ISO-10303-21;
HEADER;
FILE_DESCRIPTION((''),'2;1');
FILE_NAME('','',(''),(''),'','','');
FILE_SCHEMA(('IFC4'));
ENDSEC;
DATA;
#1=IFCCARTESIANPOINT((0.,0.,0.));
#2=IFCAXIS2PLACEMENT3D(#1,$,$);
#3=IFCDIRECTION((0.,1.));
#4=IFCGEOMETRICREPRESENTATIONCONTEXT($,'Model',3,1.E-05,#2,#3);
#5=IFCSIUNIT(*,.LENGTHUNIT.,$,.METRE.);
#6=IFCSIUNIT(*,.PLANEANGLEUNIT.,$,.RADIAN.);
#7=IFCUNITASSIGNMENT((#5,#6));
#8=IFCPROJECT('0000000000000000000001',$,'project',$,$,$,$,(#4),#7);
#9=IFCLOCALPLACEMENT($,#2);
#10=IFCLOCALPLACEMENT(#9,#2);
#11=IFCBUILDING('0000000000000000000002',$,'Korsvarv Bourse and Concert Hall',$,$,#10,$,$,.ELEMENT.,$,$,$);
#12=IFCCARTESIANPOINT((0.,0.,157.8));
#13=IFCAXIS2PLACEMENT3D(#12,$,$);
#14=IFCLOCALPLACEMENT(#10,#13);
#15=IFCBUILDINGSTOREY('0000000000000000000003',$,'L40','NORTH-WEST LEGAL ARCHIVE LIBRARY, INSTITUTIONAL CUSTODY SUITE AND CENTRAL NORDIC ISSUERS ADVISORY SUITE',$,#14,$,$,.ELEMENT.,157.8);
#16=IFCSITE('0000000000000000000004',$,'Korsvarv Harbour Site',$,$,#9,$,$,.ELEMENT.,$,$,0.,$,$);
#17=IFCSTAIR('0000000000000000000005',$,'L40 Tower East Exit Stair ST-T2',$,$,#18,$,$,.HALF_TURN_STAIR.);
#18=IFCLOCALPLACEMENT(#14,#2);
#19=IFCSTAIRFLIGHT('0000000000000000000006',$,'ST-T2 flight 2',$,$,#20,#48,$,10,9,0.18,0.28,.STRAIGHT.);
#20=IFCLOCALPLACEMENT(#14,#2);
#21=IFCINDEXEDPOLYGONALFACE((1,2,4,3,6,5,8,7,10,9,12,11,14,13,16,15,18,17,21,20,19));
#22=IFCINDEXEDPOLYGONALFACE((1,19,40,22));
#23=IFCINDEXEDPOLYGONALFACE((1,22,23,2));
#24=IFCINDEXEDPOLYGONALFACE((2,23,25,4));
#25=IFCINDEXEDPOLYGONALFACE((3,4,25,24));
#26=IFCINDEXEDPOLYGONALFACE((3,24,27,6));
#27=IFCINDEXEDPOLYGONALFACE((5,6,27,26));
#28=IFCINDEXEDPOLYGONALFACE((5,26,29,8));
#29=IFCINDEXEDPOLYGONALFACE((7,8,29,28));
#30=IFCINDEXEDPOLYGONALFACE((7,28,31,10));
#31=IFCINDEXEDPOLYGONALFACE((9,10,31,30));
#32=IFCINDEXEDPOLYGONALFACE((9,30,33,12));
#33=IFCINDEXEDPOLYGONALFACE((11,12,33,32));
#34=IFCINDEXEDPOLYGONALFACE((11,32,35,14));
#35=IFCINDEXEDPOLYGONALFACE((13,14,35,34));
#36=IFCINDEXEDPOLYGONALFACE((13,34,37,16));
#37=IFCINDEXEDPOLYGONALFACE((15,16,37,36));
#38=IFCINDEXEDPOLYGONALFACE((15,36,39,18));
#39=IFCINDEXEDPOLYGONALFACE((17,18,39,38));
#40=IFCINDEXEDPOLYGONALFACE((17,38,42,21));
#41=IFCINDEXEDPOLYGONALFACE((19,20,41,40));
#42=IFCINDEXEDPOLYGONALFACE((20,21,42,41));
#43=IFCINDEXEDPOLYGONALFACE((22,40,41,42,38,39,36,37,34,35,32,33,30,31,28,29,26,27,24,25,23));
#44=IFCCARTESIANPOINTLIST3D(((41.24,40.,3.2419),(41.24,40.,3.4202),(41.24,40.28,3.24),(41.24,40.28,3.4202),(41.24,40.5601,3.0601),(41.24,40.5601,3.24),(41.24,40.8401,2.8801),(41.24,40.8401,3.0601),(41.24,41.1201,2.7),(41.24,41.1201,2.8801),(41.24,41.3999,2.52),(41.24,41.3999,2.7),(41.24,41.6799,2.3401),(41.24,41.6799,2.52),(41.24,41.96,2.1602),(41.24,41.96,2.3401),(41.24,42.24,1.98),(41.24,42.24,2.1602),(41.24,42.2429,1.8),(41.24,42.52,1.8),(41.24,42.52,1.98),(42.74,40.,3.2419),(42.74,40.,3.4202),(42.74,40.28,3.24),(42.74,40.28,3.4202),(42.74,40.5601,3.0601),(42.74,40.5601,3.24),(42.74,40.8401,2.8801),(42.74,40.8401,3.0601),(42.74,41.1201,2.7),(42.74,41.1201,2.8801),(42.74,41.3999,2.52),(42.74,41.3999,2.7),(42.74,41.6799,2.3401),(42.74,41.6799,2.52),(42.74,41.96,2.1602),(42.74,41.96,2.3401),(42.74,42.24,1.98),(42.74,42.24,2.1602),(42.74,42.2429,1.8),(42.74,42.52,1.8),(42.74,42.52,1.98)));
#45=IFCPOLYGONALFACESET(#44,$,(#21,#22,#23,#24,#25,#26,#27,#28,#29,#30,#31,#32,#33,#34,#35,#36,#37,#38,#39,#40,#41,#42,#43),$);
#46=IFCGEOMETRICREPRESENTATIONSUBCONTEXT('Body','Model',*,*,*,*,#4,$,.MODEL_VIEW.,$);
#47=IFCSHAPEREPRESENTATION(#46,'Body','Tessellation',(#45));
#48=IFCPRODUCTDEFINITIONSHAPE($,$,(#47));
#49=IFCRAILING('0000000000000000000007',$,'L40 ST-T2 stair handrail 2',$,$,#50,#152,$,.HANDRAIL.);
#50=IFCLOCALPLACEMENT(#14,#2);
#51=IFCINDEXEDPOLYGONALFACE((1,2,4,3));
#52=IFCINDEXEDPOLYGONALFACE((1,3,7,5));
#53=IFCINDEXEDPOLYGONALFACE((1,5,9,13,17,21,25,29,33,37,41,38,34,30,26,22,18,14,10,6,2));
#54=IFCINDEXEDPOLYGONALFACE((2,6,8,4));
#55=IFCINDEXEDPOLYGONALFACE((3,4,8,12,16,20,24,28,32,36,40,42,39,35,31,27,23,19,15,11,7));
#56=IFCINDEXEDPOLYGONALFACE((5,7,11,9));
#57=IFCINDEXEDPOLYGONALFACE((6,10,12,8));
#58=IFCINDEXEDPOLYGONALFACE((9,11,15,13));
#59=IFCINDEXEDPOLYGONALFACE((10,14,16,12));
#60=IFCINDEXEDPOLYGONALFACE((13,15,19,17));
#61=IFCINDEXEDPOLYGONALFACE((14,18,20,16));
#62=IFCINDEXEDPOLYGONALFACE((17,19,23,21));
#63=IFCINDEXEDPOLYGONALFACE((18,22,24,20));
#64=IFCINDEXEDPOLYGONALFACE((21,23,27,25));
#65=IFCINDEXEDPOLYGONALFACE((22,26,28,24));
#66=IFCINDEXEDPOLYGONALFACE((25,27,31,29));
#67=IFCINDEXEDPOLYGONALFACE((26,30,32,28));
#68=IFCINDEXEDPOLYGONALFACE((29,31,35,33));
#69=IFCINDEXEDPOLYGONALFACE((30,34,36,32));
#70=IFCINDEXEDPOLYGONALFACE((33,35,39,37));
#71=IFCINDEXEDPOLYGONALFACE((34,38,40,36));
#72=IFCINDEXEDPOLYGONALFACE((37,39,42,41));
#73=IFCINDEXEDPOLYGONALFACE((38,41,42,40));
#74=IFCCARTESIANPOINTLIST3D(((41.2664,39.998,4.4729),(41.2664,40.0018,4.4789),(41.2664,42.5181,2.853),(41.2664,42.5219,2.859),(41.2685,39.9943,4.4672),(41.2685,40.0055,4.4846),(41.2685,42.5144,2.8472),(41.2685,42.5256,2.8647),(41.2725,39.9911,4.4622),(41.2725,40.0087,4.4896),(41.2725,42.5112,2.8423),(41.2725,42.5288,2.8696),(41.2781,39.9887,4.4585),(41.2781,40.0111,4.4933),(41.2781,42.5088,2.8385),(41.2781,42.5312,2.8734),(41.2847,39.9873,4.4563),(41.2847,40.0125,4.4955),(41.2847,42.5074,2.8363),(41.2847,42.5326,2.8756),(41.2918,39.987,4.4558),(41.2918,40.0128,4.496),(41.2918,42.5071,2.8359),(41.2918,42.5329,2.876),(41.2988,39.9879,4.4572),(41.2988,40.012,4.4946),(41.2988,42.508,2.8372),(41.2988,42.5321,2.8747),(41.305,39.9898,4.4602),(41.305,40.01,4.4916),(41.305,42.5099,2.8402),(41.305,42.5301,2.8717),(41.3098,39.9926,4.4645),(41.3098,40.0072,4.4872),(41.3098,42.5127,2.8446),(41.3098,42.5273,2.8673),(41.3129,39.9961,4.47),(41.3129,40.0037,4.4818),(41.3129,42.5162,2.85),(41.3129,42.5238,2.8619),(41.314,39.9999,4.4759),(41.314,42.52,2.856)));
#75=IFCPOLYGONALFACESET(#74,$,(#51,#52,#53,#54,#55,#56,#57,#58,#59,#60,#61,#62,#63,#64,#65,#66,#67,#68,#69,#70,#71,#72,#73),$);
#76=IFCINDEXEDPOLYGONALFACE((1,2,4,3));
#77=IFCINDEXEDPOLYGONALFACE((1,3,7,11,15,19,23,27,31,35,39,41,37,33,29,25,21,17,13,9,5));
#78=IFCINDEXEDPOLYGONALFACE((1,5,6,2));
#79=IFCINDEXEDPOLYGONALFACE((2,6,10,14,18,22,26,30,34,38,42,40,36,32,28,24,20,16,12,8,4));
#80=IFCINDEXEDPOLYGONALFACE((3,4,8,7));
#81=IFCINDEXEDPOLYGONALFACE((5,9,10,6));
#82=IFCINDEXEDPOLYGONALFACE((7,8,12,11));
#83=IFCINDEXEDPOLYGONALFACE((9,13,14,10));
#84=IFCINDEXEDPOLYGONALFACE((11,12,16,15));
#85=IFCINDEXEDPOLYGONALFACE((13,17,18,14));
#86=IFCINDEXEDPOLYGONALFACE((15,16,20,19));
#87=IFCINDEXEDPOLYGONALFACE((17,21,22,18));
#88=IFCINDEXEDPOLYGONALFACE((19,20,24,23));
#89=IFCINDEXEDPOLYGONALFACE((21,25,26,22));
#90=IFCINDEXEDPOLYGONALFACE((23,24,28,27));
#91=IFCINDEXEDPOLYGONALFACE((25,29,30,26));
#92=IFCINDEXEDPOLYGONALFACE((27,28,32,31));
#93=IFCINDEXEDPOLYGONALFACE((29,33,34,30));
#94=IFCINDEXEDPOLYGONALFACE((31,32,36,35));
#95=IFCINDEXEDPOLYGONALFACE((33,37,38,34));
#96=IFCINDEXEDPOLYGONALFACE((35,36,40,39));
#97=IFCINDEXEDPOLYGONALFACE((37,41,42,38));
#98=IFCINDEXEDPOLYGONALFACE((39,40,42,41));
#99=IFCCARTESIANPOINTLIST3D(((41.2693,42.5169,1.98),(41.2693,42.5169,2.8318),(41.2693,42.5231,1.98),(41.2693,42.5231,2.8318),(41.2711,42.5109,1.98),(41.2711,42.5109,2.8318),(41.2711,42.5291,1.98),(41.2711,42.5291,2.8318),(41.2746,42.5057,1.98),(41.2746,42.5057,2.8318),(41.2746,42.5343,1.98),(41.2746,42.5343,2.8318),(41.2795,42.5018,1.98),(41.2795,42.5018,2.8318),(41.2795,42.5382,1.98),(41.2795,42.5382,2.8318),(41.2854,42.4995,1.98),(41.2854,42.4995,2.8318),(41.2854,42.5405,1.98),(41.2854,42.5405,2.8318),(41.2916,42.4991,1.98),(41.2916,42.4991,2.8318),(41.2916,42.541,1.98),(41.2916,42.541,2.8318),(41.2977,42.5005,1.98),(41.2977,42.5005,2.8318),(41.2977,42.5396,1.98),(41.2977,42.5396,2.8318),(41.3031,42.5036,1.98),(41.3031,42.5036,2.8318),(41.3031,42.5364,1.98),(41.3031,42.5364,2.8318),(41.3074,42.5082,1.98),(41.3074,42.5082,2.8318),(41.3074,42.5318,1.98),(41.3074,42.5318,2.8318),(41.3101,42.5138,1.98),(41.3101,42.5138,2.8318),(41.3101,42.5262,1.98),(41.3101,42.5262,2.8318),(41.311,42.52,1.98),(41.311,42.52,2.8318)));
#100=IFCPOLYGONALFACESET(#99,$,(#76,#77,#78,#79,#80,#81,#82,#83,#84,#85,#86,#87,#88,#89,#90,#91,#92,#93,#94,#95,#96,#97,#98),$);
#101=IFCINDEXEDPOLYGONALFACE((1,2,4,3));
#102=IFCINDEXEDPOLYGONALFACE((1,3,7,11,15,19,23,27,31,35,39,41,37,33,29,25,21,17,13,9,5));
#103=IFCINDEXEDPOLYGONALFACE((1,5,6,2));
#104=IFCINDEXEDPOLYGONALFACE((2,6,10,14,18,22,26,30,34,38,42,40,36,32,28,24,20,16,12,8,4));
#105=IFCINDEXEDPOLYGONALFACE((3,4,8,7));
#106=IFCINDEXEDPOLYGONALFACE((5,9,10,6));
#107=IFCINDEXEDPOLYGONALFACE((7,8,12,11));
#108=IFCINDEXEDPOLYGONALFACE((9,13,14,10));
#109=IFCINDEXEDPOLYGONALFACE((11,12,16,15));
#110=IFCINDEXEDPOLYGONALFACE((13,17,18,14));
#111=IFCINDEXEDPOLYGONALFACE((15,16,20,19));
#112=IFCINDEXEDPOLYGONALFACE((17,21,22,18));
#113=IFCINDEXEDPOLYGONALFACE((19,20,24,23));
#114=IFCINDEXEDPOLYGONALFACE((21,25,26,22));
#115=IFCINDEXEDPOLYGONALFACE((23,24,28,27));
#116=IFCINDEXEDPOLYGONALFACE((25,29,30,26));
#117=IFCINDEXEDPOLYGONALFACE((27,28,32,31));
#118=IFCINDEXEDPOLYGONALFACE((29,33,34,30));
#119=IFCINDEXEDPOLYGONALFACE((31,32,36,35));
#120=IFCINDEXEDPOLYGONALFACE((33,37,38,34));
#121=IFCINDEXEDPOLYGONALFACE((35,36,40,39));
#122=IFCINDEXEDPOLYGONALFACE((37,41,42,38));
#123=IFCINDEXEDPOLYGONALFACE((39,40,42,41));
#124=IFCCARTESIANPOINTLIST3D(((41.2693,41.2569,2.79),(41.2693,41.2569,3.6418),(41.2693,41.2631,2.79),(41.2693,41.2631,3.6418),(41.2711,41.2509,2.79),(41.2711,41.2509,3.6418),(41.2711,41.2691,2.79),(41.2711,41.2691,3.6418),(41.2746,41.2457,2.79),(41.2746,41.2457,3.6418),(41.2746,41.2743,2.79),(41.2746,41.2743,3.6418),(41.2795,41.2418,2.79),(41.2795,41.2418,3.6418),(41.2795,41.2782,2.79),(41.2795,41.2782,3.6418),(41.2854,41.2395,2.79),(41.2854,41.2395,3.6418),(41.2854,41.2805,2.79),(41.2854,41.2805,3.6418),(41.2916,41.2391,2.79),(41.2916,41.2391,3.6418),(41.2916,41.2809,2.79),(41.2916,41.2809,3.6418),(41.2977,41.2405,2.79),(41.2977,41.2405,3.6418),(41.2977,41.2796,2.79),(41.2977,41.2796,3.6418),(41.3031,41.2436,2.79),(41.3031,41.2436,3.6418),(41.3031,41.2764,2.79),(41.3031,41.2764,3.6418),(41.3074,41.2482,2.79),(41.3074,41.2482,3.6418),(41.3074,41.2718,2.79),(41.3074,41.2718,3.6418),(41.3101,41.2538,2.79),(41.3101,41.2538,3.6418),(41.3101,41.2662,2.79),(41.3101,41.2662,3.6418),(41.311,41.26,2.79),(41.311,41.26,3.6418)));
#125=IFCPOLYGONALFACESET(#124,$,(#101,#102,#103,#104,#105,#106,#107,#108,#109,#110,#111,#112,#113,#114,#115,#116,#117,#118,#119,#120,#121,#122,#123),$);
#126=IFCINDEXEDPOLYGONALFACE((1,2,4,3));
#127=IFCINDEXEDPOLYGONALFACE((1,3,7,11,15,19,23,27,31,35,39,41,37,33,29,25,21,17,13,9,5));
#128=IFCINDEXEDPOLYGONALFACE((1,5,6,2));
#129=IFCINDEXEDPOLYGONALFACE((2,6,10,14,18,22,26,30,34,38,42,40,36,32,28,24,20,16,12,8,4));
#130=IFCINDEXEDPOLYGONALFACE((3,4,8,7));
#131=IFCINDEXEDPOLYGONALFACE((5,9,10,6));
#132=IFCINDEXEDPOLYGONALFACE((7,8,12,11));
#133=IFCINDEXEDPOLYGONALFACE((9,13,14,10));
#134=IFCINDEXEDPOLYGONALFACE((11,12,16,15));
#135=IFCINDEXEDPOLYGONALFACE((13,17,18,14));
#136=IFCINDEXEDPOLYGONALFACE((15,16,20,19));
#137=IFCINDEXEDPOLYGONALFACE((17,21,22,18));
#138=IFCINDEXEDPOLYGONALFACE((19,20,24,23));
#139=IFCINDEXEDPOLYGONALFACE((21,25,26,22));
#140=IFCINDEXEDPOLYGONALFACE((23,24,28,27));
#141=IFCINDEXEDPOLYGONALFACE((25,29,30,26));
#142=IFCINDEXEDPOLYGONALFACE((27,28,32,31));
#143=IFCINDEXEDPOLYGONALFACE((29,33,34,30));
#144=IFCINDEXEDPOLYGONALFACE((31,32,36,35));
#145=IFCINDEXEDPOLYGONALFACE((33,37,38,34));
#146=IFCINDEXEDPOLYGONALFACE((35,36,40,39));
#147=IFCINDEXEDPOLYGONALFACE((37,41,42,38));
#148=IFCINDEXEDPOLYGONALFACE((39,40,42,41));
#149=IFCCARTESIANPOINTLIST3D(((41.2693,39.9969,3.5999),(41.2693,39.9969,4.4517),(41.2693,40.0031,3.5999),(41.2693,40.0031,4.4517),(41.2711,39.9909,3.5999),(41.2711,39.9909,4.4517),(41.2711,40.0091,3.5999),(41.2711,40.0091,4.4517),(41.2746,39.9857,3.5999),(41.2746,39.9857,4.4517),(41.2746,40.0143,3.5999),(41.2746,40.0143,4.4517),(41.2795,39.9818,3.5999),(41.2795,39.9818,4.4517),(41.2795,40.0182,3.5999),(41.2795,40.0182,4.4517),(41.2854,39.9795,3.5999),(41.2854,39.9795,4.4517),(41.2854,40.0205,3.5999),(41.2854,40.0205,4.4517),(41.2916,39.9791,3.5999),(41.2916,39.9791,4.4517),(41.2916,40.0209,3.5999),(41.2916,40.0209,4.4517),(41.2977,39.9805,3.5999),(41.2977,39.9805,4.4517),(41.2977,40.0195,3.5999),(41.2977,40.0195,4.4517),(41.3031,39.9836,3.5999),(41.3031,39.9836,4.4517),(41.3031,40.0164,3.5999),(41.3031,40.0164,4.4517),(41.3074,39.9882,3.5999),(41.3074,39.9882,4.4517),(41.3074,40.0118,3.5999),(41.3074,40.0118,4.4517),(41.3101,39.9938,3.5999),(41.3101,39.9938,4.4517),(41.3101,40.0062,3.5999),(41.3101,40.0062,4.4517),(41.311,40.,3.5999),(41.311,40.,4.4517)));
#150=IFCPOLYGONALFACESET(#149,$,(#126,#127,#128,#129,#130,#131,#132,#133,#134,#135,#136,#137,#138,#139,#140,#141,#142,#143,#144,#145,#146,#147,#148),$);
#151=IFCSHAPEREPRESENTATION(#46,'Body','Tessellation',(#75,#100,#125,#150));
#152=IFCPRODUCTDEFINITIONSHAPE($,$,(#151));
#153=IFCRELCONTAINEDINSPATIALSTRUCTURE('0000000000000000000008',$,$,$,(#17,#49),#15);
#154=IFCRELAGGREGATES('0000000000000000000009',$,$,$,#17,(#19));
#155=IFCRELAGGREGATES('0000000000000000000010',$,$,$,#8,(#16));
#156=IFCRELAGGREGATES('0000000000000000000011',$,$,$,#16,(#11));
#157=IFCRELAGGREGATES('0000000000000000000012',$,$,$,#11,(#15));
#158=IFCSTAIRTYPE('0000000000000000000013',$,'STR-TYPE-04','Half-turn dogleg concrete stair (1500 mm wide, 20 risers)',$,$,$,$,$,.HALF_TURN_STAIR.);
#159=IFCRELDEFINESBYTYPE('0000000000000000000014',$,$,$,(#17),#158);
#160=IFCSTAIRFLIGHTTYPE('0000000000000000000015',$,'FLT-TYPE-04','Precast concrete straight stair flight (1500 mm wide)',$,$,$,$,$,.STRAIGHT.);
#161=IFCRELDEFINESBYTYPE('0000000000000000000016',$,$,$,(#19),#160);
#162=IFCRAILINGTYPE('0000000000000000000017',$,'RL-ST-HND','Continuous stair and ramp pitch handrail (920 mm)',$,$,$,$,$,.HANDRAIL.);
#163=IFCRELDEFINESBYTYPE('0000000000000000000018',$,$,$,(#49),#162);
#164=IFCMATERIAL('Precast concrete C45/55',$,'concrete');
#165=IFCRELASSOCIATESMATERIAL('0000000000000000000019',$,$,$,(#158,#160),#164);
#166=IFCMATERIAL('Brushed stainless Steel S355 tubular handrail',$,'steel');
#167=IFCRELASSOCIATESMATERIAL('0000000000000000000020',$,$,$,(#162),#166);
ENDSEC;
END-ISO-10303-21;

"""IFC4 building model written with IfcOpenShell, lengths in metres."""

from ifc_helpers import new_model, si_unit, direction, frame, origin, origin_2d, place, context, subcontext, project, spatial, polyline, circle, outline, extrude, material, type_object, element, aggregate, save


model = new_model("IFC4")

# Units and contexts
model_context = context("Model", 3, precision=1e-05, world=origin(), true_north=direction((0.0, 1.0)))
body_context = subcontext(model_context, "Body", "Model", "MODEL_VIEW")
ifc_project = project(units=[si_unit("LENGTHUNIT", "METRE"), si_unit("PLANEANGLEUNIT", "RADIAN")], contexts=[model_context])

# Site, building, storey
site_placement = place(None, origin())
site = spatial("IfcSite", under=ifc_project, at=site_placement, Name="Korsvarv Harbour Site", CompositionType="ELEMENT", RefElevation=0.0)
building_placement = place(site_placement, origin())
building = spatial("IfcBuilding", under=site, at=building_placement, Name="Korsvarv Bourse and Concert Hall", CompositionType="ELEMENT")
storey_placement = place(building_placement, frame((0.0, 0.0, 157.8)))
storey = spatial("IfcBuildingStorey", under=building, at=storey_placement, Name="L40", Description="NORTH-WEST LEGAL ARCHIVE LIBRARY, INSTITUTIONAL CUSTODY SUITE AND CENTRAL NORDIC ISSUERS ADVISORY SUITE", CompositionType="ELEMENT", Elevation=157.8)

# Stair, stair flight
ifc_material_1 = material(Name="Precast concrete C45/55", Category="concrete")
stair_type = type_object("IfcStairType", Name="STR-TYPE-04", Description="Half-turn dogleg concrete stair (1500 mm wide, 20 risers)", PredefinedType="HALF_TURN_STAIR", material=ifc_material_1)
stair_placement = place(storey_placement, origin())
stair = element("IfcStair", 1, at=stair_placement, inside=storey, type_object=stair_type, Name="L40 Tower East Exit Stair ST-T2", PredefinedType="HALF_TURN_STAIR")
stair_flight_type = type_object("IfcStairFlightType", Name="FLT-TYPE-04", Description="Precast concrete straight stair flight (1500 mm wide)", PredefinedType="STRAIGHT", material=ifc_material_1)
stair_flight_placement = place(storey_placement, frame((41.99, 42.52, 1.8), z_axis=(0.0, 0.0, 1.0), x_axis=(0.0, -1.0, 0.0)))
stair_flight = element("IfcStairFlight", 2, at=stair_flight_placement, type_object=stair_flight_type, Name="ST-T2 flight 2", NumberOfRisers=10, NumberOfTreads=9, PredefinedType="STRAIGHT", RiserHeight=0.18, TreadLength=0.28, context=body_context, shape_type="SweptSolid", body=[
    extrude(outline(polyline([(0.0, 0.0), (0.0, 0.1799), (0.28, 0.1799), (0.28, 0.3601), (0.5601, 0.3601), (0.5601, 0.54), (0.8401, 0.54), (0.8401, 0.72), (1.1201, 0.72), (1.1201, 0.8999), (1.3999, 0.8999), (1.3999, 1.0801), (1.6799, 1.0801), (1.6799, 1.26), (1.96, 1.26), (1.96, 1.4399), (2.24, 1.4399), (2.24, 1.6201), (2.52, 1.6201), (2.52, 1.8), (2.52, 1.4419), (0.2771, 0.0), (0.0, 0.0)])), frame((0.0, 0.75, 0.0), z_axis=(0.0, -1.0, 0.0), x_axis=(1.0, 0.0, 0.0)), (0.0, 0.0, 1.0), 1.5),
])
aggregate(stair, [stair_flight])

# Railing
ifc_material_2 = material(Name="Brushed stainless Steel S355 tubular handrail", Category="steel")
railing_type = type_object("IfcRailingType", Name="RL-ST-HND", Description="Continuous stair and ramp pitch handrail (920 mm)", PredefinedType="HANDRAIL", material=ifc_material_2)
railing_placement = place(storey_placement, frame((41.29, 42.52, 1.98)))
element("IfcRailing", 3, at=railing_placement, inside=storey, type_object=railing_type, Name="L40 ST-T2 stair handrail 2", PredefinedType="HANDRAIL", context=body_context, shape_type="SweptSolid", body=[
    extrude(circle(Radius=0.0239, at=origin_2d()), frame((0.0, 0.0, 0.876), z_axis=(0.0, -0.8412, 0.540725), x_axis=(1.0, 0.0, 0.0)), (0.0, 0.0, 1.0), 2.9958),
    extrude(circle(Radius=0.021, at=origin_2d()), origin(), (0.0, 0.0, 1.0), 0.8518),
    extrude(circle(Radius=0.021, at=origin_2d()), frame((0.0, -1.26, 0.8101)), (0.0, 0.0, 1.0), 0.8518),
    extrude(circle(Radius=0.021, at=origin_2d()), frame((0.0, -2.52, 1.6199)), (0.0, 0.0, 1.0), 0.8518),
])

save(model, "model.ifc")
